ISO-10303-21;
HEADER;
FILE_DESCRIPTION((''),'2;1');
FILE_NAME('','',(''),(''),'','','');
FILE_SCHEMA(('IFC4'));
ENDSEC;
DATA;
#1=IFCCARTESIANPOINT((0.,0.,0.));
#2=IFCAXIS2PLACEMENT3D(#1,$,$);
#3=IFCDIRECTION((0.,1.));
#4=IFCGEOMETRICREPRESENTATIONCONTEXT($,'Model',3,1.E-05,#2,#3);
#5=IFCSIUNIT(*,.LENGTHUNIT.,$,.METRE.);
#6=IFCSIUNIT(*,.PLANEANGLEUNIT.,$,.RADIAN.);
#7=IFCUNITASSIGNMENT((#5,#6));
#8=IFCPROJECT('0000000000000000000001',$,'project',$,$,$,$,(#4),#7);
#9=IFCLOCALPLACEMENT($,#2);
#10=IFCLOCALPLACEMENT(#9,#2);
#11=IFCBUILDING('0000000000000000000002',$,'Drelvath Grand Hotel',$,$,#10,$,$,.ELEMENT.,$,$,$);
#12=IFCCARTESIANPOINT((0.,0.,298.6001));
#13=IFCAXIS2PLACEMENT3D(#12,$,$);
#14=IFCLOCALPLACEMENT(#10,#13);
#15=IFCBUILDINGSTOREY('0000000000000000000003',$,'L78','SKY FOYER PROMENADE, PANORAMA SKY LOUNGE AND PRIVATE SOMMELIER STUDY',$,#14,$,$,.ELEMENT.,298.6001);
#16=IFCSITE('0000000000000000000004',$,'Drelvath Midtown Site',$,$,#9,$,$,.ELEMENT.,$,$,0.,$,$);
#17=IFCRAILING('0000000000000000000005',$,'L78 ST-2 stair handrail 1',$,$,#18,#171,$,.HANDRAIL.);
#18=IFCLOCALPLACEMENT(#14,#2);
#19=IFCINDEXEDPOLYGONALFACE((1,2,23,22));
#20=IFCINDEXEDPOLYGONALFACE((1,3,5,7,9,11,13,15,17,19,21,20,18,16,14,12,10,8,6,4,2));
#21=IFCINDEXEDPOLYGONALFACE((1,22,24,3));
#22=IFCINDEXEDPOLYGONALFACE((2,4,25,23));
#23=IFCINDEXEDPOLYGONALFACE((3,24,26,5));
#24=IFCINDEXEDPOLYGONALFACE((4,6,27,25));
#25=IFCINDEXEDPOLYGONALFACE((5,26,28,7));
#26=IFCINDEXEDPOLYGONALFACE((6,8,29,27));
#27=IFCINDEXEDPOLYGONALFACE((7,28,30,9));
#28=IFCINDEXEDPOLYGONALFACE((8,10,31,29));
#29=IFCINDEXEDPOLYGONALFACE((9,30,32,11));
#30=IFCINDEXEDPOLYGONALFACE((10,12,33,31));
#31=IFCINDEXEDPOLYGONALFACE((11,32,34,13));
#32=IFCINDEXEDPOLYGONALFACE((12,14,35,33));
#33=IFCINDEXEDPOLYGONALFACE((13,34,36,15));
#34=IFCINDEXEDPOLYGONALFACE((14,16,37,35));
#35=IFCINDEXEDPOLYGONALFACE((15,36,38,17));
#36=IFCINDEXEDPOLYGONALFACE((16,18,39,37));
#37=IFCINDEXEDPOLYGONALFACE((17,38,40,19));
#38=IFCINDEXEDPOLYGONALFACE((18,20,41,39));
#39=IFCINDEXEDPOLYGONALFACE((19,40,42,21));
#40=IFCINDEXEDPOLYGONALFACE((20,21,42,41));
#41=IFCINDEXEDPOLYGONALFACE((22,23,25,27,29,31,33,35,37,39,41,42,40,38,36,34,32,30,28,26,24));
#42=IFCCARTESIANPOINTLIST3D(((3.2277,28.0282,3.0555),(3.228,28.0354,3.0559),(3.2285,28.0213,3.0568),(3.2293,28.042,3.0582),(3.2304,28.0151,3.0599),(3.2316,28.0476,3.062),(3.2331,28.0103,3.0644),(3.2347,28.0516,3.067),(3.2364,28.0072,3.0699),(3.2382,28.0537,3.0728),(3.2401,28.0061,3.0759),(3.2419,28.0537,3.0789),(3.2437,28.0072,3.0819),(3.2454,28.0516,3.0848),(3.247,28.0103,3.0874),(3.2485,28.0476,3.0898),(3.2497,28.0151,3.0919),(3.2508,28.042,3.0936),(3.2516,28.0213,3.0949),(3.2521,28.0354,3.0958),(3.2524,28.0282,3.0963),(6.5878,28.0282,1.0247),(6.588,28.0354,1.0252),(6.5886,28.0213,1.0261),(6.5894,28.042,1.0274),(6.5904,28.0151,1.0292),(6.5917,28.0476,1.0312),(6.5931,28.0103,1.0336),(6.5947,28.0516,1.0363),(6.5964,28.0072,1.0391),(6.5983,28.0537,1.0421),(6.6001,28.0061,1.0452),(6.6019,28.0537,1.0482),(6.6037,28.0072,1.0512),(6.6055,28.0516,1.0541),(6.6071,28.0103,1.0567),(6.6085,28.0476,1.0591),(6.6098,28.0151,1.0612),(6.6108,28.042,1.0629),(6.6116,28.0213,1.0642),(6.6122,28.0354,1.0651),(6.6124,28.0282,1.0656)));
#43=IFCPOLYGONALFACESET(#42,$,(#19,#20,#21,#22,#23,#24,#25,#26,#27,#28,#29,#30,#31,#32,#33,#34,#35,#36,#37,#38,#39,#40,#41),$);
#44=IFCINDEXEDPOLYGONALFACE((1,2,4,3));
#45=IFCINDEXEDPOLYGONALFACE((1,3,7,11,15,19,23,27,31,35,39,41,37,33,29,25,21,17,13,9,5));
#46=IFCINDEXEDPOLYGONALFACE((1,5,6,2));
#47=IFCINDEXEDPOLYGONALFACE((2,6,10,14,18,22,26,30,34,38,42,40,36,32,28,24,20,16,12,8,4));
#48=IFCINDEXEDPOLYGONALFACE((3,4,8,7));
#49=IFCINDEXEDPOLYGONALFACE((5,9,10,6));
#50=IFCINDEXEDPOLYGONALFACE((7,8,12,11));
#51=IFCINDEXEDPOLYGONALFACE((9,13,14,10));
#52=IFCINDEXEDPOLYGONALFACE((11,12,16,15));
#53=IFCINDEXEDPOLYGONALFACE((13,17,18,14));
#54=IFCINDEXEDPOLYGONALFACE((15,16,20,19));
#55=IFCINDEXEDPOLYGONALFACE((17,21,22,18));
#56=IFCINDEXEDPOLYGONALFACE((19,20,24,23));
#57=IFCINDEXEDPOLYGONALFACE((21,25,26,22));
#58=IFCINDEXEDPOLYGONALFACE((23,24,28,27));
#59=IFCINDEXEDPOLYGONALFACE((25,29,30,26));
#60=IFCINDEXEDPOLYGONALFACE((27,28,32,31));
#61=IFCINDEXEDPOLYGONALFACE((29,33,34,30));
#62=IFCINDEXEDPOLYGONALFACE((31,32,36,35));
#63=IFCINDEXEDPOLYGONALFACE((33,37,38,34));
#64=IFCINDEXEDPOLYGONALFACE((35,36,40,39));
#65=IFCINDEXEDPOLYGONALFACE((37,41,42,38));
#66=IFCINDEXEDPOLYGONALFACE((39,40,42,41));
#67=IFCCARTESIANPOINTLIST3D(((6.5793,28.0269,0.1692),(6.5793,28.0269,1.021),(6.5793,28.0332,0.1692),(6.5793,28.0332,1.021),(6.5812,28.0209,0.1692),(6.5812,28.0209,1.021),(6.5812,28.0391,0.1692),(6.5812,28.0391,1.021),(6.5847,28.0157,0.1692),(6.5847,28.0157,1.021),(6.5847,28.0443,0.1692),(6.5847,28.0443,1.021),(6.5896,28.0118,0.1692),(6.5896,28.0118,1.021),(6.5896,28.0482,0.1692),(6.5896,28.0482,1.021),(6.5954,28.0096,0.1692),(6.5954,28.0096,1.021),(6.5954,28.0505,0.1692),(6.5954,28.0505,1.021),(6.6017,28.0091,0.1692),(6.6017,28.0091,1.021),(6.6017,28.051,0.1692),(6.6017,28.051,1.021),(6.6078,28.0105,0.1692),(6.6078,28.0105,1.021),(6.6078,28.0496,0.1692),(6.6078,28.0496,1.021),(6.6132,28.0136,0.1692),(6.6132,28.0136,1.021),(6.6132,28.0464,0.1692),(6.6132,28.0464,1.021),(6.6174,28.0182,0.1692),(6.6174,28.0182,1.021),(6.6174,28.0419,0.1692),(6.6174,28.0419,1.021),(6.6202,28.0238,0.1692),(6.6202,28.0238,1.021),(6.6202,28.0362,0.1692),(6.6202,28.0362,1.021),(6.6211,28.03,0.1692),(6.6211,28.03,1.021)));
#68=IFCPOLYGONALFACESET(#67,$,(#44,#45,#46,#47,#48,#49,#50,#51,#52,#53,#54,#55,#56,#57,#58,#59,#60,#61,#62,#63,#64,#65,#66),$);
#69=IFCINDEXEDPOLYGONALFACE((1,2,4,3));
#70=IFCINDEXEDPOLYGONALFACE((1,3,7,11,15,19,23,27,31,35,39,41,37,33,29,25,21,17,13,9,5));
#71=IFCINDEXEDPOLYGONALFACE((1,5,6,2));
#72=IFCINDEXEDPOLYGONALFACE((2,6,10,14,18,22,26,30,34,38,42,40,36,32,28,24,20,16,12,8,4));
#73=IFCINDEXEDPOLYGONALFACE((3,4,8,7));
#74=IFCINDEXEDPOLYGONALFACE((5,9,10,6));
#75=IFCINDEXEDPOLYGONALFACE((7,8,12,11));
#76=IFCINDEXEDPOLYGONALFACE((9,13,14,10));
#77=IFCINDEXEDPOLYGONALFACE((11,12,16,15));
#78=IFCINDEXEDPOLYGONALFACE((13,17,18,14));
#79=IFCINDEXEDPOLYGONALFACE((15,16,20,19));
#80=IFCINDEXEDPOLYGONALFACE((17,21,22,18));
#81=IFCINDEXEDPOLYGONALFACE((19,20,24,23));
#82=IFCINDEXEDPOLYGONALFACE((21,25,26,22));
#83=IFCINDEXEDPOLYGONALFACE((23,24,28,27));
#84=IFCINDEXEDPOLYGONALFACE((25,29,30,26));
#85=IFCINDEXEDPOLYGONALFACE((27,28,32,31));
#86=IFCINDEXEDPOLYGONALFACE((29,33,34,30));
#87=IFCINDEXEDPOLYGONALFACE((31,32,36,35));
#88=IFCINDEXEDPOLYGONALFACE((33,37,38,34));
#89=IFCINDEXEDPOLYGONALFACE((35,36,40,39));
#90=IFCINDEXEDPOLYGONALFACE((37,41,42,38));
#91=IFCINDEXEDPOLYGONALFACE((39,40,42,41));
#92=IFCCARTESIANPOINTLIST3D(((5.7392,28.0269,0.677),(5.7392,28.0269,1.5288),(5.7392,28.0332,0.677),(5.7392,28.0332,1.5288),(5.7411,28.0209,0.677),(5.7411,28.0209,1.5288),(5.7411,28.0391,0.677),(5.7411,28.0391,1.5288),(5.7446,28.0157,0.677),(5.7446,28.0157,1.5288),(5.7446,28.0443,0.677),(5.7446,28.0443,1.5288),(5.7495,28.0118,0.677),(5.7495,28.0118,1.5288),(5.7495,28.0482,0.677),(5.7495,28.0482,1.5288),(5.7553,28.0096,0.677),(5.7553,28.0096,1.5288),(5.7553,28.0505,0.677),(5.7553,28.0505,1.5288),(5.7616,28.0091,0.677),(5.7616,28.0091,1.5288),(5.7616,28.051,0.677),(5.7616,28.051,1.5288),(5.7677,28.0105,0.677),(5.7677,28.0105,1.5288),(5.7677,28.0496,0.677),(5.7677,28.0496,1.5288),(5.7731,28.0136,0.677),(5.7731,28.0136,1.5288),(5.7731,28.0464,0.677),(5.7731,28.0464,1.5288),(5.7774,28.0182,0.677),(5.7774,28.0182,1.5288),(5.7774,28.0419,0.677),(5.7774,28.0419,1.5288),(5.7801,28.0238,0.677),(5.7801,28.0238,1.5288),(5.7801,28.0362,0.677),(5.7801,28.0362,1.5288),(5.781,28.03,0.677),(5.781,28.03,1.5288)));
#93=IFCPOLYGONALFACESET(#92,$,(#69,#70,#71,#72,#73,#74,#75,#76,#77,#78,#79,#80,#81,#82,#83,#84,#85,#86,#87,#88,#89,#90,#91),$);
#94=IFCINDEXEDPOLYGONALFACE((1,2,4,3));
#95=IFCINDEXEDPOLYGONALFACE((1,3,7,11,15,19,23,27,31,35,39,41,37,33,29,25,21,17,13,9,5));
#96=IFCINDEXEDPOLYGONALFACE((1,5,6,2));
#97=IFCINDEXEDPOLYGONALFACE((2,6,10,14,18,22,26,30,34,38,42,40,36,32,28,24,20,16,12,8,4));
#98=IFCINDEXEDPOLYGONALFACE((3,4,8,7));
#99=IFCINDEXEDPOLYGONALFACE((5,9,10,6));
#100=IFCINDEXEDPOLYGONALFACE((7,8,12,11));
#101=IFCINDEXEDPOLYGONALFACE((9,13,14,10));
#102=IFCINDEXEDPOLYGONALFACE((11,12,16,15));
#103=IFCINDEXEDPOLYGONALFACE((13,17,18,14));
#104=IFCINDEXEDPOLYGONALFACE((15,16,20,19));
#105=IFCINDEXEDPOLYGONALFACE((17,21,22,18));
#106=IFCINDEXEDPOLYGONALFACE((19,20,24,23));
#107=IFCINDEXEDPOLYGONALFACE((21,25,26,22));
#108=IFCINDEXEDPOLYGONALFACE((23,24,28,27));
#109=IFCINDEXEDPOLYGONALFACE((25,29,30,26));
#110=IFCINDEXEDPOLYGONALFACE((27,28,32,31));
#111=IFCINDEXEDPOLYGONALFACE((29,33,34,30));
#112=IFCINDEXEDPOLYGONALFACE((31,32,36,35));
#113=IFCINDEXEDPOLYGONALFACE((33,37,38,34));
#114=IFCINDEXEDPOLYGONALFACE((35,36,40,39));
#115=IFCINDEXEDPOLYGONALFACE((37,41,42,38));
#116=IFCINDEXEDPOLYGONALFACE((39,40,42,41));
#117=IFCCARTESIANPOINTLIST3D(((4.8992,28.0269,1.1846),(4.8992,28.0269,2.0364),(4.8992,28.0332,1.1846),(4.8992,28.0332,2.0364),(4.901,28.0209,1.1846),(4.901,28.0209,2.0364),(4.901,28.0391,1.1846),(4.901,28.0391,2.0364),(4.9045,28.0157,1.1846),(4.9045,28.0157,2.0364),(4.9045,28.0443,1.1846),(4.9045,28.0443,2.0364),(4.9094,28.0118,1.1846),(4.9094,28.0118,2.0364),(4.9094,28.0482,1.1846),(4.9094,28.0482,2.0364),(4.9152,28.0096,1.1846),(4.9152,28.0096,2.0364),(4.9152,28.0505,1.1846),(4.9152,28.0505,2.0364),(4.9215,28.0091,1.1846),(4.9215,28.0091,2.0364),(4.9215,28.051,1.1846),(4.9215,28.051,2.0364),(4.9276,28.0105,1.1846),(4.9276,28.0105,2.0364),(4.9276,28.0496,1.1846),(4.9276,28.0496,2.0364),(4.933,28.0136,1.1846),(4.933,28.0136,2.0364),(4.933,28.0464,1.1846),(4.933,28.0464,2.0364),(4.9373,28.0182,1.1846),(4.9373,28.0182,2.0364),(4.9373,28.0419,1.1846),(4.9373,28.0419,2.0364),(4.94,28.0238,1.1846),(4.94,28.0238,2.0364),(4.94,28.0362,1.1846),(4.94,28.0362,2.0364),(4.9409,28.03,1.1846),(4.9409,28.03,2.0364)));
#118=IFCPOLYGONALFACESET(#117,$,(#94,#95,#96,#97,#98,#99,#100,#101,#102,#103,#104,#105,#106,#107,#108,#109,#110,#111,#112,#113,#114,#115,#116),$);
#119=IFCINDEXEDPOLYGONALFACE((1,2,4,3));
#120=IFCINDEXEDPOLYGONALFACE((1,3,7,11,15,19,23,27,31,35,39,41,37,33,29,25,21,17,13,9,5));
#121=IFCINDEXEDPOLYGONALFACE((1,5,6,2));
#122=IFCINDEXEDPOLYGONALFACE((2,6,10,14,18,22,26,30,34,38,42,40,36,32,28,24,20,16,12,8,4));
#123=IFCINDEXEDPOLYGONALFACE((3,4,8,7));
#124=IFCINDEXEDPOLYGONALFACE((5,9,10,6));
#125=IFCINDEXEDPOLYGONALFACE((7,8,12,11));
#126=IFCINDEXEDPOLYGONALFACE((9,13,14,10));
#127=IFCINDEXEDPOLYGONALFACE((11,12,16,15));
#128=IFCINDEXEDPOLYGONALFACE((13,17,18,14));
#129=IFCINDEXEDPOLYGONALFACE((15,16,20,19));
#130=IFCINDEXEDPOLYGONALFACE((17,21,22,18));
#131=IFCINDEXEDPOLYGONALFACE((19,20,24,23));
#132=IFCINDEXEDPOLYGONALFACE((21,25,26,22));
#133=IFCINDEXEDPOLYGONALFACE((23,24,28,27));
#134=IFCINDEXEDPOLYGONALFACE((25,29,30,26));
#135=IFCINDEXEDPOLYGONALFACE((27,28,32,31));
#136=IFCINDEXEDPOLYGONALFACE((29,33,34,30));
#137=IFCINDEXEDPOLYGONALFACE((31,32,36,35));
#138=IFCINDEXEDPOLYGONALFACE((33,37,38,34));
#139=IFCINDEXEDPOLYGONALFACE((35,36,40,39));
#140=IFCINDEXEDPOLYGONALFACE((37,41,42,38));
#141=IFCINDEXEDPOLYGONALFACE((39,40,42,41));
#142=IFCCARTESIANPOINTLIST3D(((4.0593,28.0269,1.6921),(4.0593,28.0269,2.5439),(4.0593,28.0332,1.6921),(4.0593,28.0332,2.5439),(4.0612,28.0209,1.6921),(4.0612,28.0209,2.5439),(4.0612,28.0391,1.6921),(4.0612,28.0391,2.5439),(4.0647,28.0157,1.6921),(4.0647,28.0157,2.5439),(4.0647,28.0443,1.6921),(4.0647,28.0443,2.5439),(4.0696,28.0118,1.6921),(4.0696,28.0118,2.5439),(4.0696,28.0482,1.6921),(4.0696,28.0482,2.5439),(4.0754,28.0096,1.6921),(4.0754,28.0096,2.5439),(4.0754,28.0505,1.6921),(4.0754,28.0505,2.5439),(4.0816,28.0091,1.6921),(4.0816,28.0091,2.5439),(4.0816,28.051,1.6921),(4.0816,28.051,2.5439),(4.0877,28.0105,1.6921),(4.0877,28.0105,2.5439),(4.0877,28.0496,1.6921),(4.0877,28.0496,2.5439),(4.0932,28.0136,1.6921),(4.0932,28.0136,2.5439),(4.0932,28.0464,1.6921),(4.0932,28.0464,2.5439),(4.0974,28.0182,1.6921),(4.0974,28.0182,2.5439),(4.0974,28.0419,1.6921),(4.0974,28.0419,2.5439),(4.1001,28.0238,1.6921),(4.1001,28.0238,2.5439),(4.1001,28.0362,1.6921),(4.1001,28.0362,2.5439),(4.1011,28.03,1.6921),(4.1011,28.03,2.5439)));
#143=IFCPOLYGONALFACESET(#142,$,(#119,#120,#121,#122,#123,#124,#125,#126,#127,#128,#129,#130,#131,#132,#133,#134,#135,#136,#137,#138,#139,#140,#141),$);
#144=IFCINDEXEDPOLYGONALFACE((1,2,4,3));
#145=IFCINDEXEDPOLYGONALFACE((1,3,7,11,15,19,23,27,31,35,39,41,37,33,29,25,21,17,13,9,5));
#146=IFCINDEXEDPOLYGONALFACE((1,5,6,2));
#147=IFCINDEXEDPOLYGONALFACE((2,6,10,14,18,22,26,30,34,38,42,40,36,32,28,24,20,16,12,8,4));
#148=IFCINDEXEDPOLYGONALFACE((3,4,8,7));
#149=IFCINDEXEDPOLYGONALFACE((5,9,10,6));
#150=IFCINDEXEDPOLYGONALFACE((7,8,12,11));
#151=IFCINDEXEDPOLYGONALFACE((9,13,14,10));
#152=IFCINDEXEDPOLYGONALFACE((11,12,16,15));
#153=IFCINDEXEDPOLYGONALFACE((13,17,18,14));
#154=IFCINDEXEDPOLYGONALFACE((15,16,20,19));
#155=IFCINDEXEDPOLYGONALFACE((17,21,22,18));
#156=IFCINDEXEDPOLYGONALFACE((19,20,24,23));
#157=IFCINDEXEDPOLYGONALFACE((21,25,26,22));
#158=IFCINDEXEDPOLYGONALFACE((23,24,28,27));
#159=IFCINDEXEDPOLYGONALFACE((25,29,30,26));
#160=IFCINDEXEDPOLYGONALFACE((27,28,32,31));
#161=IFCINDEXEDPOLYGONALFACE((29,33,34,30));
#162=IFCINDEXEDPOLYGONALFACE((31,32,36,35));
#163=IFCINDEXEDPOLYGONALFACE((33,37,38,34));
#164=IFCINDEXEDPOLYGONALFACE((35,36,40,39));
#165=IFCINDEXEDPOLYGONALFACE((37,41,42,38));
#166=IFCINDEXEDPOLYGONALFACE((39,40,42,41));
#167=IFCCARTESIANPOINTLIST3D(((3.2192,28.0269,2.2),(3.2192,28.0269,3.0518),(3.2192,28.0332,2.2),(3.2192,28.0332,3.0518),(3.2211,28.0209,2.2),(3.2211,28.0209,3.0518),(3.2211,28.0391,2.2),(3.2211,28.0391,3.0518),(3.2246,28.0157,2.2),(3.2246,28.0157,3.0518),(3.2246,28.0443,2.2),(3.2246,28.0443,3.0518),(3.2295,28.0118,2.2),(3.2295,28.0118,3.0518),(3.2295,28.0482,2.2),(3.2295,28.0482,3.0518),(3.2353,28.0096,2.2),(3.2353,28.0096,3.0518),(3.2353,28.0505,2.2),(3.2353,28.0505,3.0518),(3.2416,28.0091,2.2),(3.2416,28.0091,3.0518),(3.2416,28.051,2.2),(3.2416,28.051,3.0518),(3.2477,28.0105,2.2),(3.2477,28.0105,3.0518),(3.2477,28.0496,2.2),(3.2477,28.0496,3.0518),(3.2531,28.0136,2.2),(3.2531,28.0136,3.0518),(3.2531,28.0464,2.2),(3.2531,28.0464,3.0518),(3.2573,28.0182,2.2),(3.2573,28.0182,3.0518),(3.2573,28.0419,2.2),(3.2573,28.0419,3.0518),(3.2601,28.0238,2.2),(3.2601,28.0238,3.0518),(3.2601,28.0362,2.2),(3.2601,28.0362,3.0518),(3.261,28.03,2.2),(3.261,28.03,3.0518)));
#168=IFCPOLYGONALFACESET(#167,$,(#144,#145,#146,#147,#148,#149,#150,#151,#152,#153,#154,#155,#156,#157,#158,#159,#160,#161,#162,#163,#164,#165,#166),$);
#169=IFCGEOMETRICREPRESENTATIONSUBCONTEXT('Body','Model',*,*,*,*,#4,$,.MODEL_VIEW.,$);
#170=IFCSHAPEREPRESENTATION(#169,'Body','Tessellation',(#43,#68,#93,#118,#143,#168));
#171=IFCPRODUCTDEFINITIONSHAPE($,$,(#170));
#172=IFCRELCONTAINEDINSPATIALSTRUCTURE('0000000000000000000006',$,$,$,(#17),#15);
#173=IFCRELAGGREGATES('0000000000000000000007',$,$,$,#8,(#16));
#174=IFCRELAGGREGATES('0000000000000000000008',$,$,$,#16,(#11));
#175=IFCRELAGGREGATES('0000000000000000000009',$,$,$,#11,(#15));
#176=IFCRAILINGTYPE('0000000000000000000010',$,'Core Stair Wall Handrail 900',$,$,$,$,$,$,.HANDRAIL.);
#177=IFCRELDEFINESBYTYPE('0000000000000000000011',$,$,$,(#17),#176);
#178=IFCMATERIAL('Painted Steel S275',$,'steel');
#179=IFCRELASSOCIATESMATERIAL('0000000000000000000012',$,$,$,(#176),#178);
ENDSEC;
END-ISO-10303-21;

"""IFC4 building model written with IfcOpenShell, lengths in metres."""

from ifc_helpers import new_model, si_unit, direction, frame, origin, origin_2d, place, context, subcontext, project, spatial, circle, extrude, material, type_object, element, save


model = new_model("IFC4")

# Units and contexts
model_context = context("Model", 3, precision=1e-05, world=origin(), true_north=direction((0.0, 1.0)))
body_context = subcontext(model_context, "Body", "Model", "MODEL_VIEW")
ifc_project = project(units=[si_unit("LENGTHUNIT", "METRE"), si_unit("PLANEANGLEUNIT", "RADIAN")], contexts=[model_context])

# Site, building, storey
site_placement = place(None, origin())
site = spatial("IfcSite", under=ifc_project, at=site_placement, Name="Drelvath Midtown Site", CompositionType="ELEMENT", RefElevation=0.0)
building_placement = place(site_placement, origin())
building = spatial("IfcBuilding", under=site, at=building_placement, Name="Drelvath Grand Hotel", CompositionType="ELEMENT")
storey_placement = place(building_placement, frame((0.0, 0.0, 298.6001)))
storey = spatial("IfcBuildingStorey", under=building, at=storey_placement, Name="L78", Description="SKY FOYER PROMENADE, PANORAMA SKY LOUNGE AND PRIVATE SOMMELIER STUDY", CompositionType="ELEMENT", Elevation=298.6001)

# Shared definitions
ifc_material_1 = material(Name="Painted Steel S275", Category="steel")

# Railing
railing_type = type_object("IfcRailingType", Name="Core Stair Wall Handrail 900", PredefinedType="HANDRAIL", material=ifc_material_1)
railing_placement = place(storey_placement, frame((6.6001, 28.03, 0.1692)))
element("IfcRailing", 1, at=railing_placement, inside=storey, type_object=railing_type, Name="L78 ST-2 stair handrail 1", PredefinedType="HANDRAIL", context=body_context, shape_type="SweptSolid", body=[
    extrude(circle(Radius=0.0239, at=origin_2d()), frame((0.0, 0.0, 0.876), z_axis=(-0.855837, 0.0, 0.517246), x_axis=(0.0, -1.0, 0.0)), (0.0, 0.0, 1.0), 3.926),
    extrude(circle(Radius=0.021, at=origin_2d()), origin(), (0.0, 0.0, 1.0), 0.8518),
    extrude(circle(Radius=0.021, at=origin_2d()), frame((-0.8401, 0.0, 0.5078)), (0.0, 0.0, 1.0), 0.8518),
    extrude(circle(Radius=0.021, at=origin_2d()), frame((-1.6802, 0.0, 1.0154)), (0.0, 0.0, 1.0), 0.8518),
    extrude(circle(Radius=0.021, at=origin_2d()), frame((-2.52, 0.0, 1.5229)), (0.0, 0.0, 1.0), 0.8518),
    extrude(circle(Radius=0.021, at=origin_2d()), frame((-3.3601, 0.0, 2.0308)), (0.0, 0.0, 1.0), 0.8518),
])

save(model, "model.ifc")
